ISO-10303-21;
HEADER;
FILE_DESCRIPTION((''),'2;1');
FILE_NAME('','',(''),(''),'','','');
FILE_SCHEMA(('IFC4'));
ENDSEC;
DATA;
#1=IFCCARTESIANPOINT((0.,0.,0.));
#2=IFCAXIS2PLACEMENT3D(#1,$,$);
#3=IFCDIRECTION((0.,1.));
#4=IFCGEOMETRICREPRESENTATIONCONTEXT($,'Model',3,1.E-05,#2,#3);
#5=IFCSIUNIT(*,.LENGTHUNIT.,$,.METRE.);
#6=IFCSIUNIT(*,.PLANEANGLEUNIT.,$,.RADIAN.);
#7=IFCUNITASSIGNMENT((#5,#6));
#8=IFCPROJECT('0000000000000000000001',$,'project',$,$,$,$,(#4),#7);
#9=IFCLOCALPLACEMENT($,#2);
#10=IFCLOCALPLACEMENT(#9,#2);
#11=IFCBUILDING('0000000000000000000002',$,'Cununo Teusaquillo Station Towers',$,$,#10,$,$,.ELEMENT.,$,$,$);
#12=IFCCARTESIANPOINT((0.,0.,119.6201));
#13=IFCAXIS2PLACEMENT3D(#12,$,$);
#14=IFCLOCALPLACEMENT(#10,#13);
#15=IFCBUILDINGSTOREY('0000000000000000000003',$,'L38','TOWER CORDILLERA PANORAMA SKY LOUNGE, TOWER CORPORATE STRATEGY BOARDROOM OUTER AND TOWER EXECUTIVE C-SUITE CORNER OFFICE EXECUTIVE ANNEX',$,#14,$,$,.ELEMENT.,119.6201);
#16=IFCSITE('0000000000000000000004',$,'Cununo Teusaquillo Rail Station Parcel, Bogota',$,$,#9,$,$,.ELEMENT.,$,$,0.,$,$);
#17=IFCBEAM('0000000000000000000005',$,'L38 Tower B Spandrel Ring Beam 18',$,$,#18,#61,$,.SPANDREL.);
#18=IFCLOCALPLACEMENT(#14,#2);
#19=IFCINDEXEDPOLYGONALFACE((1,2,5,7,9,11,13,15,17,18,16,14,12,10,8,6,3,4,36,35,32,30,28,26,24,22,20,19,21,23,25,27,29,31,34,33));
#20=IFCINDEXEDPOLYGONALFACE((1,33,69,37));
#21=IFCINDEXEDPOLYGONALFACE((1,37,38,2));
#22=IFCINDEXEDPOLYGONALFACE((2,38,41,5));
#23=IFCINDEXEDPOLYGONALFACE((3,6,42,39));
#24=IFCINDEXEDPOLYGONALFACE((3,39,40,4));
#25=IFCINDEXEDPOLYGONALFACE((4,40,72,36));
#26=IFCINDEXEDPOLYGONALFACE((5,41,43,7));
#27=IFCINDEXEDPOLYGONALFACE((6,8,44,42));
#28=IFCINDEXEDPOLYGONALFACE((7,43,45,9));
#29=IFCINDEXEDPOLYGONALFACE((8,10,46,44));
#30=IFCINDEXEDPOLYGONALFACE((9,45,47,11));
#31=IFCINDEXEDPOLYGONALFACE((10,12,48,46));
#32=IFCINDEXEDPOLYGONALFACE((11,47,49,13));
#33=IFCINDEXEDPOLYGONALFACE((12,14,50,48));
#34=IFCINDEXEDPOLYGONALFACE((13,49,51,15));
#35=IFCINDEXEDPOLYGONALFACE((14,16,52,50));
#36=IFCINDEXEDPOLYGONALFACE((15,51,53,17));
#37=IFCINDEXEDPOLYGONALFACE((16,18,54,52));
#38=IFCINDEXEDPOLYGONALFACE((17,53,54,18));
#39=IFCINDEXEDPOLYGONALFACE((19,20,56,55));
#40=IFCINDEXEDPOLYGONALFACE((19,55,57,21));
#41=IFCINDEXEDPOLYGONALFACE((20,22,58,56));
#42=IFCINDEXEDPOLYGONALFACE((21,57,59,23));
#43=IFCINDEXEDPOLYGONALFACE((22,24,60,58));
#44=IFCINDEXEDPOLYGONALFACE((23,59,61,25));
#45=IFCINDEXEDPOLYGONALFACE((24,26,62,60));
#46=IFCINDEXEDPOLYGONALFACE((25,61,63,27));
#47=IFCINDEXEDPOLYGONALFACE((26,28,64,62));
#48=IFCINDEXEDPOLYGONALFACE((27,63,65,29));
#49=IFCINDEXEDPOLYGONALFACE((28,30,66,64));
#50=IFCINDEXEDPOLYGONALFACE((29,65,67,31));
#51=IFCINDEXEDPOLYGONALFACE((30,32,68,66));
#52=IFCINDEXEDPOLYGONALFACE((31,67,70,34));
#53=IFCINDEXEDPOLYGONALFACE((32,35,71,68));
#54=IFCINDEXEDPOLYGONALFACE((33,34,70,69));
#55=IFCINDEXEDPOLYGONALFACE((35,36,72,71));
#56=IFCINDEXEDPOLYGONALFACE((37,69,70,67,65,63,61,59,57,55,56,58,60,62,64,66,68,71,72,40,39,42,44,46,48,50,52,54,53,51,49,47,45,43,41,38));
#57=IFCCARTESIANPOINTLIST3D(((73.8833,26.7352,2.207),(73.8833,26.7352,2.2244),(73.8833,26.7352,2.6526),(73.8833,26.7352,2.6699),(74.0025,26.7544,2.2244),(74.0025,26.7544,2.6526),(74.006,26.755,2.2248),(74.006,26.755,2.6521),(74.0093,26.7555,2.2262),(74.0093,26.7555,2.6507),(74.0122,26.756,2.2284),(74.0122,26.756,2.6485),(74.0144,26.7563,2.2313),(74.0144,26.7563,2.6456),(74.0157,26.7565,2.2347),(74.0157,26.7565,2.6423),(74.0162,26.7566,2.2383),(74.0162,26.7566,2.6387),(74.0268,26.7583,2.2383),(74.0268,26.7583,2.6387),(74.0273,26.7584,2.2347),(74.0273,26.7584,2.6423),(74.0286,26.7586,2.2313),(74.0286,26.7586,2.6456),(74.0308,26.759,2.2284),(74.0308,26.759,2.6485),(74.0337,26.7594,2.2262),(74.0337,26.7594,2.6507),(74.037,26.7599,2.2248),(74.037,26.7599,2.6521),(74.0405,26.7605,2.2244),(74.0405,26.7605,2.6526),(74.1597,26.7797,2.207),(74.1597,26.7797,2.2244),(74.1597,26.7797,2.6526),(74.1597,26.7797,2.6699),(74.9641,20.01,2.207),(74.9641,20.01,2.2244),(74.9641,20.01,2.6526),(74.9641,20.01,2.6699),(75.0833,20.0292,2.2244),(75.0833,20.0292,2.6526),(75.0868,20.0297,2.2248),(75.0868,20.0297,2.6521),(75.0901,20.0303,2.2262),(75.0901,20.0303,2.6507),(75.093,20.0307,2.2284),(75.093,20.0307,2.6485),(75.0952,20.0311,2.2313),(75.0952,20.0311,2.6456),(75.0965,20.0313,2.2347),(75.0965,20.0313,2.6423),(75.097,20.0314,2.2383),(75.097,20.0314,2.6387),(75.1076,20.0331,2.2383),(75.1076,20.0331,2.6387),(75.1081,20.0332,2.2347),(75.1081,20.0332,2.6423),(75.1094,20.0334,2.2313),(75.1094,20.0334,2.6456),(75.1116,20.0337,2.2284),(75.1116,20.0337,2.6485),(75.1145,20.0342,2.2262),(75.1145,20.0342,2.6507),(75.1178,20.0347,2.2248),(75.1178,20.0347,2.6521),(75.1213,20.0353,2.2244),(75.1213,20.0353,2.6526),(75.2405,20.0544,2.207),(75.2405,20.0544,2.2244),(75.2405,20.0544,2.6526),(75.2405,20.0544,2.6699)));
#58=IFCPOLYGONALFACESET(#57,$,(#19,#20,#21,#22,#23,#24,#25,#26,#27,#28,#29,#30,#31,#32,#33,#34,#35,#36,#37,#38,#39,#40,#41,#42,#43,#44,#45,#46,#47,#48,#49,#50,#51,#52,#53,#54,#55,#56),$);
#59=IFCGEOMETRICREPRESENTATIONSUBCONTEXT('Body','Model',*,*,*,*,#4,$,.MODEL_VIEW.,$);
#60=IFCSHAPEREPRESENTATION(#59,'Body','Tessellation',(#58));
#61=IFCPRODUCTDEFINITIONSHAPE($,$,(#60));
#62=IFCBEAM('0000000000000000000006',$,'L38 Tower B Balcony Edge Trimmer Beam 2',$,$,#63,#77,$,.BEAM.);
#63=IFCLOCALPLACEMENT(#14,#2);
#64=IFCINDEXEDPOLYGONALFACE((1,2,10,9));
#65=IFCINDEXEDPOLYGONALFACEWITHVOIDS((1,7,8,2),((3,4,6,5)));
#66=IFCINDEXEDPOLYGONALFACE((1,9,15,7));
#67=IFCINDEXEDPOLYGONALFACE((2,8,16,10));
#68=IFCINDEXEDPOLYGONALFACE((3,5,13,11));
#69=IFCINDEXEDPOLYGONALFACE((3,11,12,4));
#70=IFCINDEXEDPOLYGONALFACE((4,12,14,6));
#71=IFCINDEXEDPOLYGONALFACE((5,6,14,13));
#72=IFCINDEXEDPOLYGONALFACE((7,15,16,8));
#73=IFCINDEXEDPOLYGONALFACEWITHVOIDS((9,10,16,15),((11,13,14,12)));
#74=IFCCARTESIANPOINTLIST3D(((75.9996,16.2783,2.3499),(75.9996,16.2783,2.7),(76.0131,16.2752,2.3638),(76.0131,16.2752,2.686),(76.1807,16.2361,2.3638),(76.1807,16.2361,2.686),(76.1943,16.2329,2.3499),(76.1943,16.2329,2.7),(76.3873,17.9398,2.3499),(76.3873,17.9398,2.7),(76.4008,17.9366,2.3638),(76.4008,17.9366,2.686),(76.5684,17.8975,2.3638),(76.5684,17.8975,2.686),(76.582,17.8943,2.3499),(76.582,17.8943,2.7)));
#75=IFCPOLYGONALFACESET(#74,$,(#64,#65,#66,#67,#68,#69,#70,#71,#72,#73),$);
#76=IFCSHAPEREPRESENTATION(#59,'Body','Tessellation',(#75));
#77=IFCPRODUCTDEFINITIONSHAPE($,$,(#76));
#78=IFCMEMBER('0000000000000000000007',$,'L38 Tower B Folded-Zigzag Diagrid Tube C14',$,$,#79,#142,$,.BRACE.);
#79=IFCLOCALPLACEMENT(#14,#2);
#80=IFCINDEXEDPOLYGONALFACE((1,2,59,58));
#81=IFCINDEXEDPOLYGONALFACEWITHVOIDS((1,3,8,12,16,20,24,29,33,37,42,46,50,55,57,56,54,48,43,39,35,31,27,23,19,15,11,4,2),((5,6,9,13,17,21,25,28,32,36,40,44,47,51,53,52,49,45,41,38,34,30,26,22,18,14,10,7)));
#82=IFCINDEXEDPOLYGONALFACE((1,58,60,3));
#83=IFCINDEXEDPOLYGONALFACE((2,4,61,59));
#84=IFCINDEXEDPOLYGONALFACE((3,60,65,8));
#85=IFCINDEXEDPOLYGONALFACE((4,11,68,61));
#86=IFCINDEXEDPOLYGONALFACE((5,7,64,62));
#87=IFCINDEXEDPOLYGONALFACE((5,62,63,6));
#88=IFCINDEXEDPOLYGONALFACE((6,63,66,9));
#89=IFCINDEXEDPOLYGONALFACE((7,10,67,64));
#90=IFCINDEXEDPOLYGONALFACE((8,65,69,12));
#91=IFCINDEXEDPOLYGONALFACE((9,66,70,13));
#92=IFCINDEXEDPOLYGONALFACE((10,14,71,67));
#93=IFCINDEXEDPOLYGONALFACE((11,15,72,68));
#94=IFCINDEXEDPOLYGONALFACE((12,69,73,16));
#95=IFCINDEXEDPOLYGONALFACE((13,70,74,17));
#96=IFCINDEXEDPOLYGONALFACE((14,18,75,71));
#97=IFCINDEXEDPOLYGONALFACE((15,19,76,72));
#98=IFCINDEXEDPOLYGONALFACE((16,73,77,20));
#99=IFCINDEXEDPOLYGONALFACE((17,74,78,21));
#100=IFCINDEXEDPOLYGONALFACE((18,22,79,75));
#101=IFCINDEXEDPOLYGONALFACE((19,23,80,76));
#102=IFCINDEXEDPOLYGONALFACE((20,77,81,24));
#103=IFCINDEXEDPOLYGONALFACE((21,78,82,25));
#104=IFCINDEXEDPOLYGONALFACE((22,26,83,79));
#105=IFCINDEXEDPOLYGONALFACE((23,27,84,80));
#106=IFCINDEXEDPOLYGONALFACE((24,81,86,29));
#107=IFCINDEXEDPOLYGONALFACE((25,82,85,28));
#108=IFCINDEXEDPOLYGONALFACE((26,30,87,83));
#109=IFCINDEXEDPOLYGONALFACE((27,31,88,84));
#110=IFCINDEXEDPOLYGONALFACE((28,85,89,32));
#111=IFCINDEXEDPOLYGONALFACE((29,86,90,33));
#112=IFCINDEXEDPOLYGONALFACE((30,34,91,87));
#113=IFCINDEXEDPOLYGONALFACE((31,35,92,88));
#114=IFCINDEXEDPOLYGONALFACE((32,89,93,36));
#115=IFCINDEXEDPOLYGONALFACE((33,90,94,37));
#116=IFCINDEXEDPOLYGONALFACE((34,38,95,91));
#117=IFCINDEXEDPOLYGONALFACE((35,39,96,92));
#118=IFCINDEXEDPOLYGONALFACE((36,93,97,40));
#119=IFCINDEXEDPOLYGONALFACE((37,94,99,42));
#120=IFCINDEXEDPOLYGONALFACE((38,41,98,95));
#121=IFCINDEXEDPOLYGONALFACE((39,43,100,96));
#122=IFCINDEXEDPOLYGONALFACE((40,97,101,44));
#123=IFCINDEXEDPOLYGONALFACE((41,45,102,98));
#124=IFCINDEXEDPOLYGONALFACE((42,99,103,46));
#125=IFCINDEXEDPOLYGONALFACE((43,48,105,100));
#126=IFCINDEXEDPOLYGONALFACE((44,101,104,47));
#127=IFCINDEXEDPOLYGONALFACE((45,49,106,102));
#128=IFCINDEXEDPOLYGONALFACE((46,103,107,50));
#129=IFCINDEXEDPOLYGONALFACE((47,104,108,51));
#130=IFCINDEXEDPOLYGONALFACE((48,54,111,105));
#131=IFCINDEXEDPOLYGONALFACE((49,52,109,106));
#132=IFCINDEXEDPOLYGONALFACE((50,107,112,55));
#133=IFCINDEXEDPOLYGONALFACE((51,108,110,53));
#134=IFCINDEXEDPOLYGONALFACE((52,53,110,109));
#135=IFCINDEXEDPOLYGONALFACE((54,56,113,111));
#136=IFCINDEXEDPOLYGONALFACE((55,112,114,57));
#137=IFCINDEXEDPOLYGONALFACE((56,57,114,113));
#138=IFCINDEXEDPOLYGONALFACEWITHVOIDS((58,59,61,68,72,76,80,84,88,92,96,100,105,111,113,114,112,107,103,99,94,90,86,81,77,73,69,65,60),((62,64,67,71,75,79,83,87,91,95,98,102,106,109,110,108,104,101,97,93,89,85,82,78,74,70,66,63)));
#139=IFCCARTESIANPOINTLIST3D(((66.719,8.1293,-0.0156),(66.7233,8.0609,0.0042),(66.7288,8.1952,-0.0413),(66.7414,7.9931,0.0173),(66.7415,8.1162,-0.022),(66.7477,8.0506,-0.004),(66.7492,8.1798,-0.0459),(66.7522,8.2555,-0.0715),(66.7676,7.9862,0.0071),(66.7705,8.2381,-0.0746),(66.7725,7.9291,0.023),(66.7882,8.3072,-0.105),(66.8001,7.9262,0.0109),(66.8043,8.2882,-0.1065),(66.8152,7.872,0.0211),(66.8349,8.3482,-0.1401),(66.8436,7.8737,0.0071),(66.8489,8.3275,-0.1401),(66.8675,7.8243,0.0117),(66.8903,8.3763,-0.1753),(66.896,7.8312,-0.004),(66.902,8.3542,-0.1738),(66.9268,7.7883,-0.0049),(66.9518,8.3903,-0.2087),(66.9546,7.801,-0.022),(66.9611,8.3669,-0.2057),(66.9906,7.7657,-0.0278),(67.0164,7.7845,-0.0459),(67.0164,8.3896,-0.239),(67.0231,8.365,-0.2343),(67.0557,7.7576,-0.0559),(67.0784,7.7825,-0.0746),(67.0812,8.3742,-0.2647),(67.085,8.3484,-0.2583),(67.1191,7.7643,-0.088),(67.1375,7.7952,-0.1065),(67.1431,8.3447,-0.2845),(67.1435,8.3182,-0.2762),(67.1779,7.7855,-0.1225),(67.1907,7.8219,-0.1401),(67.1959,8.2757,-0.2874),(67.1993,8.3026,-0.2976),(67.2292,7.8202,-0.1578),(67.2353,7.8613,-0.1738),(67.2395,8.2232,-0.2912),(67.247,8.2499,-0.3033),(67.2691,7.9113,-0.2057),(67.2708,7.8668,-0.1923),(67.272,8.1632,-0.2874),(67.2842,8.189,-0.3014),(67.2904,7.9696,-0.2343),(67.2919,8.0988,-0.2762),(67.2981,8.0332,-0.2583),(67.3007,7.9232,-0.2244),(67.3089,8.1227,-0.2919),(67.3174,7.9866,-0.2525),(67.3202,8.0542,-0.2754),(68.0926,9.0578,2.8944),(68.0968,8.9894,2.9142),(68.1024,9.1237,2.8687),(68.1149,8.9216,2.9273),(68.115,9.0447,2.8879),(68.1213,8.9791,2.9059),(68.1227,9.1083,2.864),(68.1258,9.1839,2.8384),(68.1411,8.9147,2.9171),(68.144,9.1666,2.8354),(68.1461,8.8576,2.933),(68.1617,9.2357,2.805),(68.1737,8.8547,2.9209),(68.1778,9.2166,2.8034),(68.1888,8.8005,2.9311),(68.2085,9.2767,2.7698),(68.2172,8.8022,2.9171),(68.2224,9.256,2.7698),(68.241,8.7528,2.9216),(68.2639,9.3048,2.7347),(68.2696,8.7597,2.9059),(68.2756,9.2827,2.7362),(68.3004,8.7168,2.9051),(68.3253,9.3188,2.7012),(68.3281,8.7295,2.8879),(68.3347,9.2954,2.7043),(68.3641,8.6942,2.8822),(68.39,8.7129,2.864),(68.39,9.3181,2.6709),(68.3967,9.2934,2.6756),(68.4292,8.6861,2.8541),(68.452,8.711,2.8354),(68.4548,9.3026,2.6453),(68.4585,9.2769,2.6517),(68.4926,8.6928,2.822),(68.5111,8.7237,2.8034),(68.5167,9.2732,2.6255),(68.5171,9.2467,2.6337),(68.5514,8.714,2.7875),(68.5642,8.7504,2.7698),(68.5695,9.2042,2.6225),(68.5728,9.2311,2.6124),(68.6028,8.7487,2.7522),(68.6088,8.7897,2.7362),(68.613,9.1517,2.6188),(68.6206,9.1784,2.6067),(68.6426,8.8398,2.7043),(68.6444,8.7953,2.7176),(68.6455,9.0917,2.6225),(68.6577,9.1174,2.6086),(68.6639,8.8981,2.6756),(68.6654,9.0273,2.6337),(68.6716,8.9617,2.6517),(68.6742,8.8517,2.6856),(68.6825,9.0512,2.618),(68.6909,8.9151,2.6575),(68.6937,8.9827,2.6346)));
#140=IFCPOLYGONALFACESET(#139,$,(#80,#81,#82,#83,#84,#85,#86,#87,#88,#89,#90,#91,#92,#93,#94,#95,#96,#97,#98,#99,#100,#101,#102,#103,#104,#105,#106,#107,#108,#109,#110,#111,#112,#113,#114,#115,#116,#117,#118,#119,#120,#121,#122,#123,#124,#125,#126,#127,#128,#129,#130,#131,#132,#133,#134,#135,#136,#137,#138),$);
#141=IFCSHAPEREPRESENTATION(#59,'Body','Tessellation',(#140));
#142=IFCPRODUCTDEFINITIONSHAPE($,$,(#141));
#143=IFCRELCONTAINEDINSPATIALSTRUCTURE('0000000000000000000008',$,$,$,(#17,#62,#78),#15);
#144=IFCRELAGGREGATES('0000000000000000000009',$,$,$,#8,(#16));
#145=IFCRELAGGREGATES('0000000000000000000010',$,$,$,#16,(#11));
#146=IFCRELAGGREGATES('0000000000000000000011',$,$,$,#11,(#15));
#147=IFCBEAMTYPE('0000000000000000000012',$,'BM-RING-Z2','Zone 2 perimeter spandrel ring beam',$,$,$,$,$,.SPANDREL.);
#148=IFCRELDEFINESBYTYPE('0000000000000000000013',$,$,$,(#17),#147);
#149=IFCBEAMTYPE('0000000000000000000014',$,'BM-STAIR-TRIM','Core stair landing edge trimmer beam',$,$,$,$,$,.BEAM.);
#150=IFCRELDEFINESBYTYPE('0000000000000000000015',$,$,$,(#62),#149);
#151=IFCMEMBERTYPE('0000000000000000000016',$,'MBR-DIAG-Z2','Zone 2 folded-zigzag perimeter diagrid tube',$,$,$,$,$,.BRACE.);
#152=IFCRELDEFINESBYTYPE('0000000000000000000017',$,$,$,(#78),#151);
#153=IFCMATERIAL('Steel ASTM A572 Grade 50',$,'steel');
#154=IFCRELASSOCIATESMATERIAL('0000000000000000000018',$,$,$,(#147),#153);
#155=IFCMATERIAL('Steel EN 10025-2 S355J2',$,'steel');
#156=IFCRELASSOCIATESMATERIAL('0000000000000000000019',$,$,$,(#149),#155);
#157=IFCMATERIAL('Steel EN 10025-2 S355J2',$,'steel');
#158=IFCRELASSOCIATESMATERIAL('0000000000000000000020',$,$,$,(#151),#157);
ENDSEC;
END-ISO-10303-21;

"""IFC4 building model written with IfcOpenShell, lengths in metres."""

from ifc_helpers import new_model, si_unit, direction, frame, origin, origin_2d, place, context, subcontext, project, spatial, hollow_rectangle, hollow_circle, i_section, extrude, material, material_profile, profile_set, type_object, element, save


model = new_model("IFC4")

# Units and contexts
model_context = context("Model", 3, precision=1e-05, world=origin(), true_north=direction((0.0, 1.0)))
body_context = subcontext(model_context, "Body", "Model", "MODEL_VIEW")
ifc_project = project(units=[si_unit("LENGTHUNIT", "METRE"), si_unit("PLANEANGLEUNIT", "RADIAN")], contexts=[model_context])

# Site, building, storey
site_placement = place(None, origin())
site = spatial("IfcSite", under=ifc_project, at=site_placement, Name="Cununo Teusaquillo Rail Station Parcel, Bogota", CompositionType="ELEMENT", RefElevation=0.0)
building_placement = place(site_placement, origin())
building = spatial("IfcBuilding", under=site, at=building_placement, Name="Cununo Teusaquillo Station Towers", CompositionType="ELEMENT")
storey_placement = place(building_placement, frame((0.0, 0.0, 119.6201)))
storey = spatial("IfcBuildingStorey", under=building, at=storey_placement, Name="L38", Description="TOWER CORDILLERA PANORAMA SKY LOUNGE, TOWER CORPORATE STRATEGY BOARDROOM OUTER AND TOWER EXECUTIVE C-SUITE CORNER OFFICE EXECUTIVE ANNEX", CompositionType="ELEMENT", Elevation=119.6201)

# Beams
ifc_material_1 = material(Name="Steel ASTM A572 Grade 50", Category="steel")
ifc_material_profile_1 = material_profile(ifc_material_1, i_section(OverallWidth=0.28, OverallDepth=0.4629, WebThickness=0.0107, FlangeThickness=0.0173, FilletRadius=0.0139, at=origin_2d()), Name="W18X76")
ifc_profile_set_1 = profile_set([ifc_material_profile_1], Name="Steel ASTM A572 Grade 50")
beam_type_1 = type_object("IfcBeamType", Name="BM-RING-Z2", Description="Zone 2 perimeter spandrel ring beam", PredefinedType="SPANDREL", material=ifc_profile_set_1)
beam_1_placement = place(storey_placement, frame((75.1023, 20.0322, 2.4385), z_axis=(-0.158671, 0.987331, 0.0), x_axis=(-0.987331, -0.158671, 0.0)))
element("IfcBeam", 1, at=beam_1_placement, inside=storey, type_object=beam_type_1, Name="L38 Tower B Spandrel Ring Beam 18", PredefinedType="SPANDREL", context=body_context, shape_type="SweptSolid", body=[
    extrude(i_section(OverallWidth=0.28, OverallDepth=0.4629, WebThickness=0.0107, FlangeThickness=0.0173, FilletRadius=0.0139, at=origin_2d()), origin(), (0.0, 0.0, 1.0), 6.8115),
])
ifc_material_2 = material(Name="Steel EN 10025-2 S355J2", Category="steel")
ifc_material_profile_2 = material_profile(ifc_material_2, hollow_rectangle(XDim=0.2, YDim=0.3501, WallThickness=0.0139, at=origin_2d()), Name="RHS 350x200x14")
ifc_profile_set_2 = profile_set([ifc_material_profile_2], Name="Steel EN 10025-2 S355J2")
beam_type_2 = type_object("IfcBeamType", Name="BM-STAIR-TRIM", Description="Core stair landing edge trimmer beam", PredefinedType="BEAM", material=ifc_profile_set_2)
beam_2_placement = place(storey_placement, frame((76.0969, 16.2556, 2.5249), z_axis=(0.227252, 0.973836, 0.0), x_axis=(-0.973836, 0.227252, 0.0)))
element("IfcBeam", 2, at=beam_2_placement, inside=storey, type_object=beam_type_2, Name="L38 Tower B Balcony Edge Trimmer Beam 2", PredefinedType="BEAM", context=body_context, shape_type="SweptSolid", body=[
    extrude(hollow_rectangle(XDim=0.2, YDim=0.3501, WallThickness=0.0139, at=origin_2d()), origin(), (0.0, 0.0, 1.0), 1.7061),
])

# Member
ifc_material_3 = material(Name="Steel EN 10025-2 S355J2", Category="steel")
ifc_material_profile_3 = material_profile(ifc_material_3, hollow_circle(Radius=0.3301, WallThickness=0.0249, at=origin_2d()), Name="CHS 660x25")
ifc_profile_set_3 = profile_set([ifc_material_profile_3], Name="Steel EN 10025-2 S355J2")
member_type = type_object("IfcMemberType", Name="MBR-DIAG-Z2", Description="Zone 2 folded-zigzag perimeter diagrid tube", PredefinedType="BRACE", material=ifc_profile_set_3)
member_1_placement = place(storey_placement, frame((67.0198, 8.0747, -0.1401), z_axis=(0.410125, 0.277232, 0.868873), x_axis=(-0.560024, 0.828476, 0.0)))
element("IfcMember", 3, at=member_1_placement, inside=storey, type_object=member_type, Name="L38 Tower B Folded-Zigzag Diagrid Tube C14", PredefinedType="BRACE", context=body_context, shape_type="SweptSolid", body=[
    extrude(hollow_circle(Radius=0.3301, WallThickness=0.0249, at=origin_2d()), origin(), (0.0, 0.0, 1.0), 3.3491),
])

save(model, "model.ifc")
